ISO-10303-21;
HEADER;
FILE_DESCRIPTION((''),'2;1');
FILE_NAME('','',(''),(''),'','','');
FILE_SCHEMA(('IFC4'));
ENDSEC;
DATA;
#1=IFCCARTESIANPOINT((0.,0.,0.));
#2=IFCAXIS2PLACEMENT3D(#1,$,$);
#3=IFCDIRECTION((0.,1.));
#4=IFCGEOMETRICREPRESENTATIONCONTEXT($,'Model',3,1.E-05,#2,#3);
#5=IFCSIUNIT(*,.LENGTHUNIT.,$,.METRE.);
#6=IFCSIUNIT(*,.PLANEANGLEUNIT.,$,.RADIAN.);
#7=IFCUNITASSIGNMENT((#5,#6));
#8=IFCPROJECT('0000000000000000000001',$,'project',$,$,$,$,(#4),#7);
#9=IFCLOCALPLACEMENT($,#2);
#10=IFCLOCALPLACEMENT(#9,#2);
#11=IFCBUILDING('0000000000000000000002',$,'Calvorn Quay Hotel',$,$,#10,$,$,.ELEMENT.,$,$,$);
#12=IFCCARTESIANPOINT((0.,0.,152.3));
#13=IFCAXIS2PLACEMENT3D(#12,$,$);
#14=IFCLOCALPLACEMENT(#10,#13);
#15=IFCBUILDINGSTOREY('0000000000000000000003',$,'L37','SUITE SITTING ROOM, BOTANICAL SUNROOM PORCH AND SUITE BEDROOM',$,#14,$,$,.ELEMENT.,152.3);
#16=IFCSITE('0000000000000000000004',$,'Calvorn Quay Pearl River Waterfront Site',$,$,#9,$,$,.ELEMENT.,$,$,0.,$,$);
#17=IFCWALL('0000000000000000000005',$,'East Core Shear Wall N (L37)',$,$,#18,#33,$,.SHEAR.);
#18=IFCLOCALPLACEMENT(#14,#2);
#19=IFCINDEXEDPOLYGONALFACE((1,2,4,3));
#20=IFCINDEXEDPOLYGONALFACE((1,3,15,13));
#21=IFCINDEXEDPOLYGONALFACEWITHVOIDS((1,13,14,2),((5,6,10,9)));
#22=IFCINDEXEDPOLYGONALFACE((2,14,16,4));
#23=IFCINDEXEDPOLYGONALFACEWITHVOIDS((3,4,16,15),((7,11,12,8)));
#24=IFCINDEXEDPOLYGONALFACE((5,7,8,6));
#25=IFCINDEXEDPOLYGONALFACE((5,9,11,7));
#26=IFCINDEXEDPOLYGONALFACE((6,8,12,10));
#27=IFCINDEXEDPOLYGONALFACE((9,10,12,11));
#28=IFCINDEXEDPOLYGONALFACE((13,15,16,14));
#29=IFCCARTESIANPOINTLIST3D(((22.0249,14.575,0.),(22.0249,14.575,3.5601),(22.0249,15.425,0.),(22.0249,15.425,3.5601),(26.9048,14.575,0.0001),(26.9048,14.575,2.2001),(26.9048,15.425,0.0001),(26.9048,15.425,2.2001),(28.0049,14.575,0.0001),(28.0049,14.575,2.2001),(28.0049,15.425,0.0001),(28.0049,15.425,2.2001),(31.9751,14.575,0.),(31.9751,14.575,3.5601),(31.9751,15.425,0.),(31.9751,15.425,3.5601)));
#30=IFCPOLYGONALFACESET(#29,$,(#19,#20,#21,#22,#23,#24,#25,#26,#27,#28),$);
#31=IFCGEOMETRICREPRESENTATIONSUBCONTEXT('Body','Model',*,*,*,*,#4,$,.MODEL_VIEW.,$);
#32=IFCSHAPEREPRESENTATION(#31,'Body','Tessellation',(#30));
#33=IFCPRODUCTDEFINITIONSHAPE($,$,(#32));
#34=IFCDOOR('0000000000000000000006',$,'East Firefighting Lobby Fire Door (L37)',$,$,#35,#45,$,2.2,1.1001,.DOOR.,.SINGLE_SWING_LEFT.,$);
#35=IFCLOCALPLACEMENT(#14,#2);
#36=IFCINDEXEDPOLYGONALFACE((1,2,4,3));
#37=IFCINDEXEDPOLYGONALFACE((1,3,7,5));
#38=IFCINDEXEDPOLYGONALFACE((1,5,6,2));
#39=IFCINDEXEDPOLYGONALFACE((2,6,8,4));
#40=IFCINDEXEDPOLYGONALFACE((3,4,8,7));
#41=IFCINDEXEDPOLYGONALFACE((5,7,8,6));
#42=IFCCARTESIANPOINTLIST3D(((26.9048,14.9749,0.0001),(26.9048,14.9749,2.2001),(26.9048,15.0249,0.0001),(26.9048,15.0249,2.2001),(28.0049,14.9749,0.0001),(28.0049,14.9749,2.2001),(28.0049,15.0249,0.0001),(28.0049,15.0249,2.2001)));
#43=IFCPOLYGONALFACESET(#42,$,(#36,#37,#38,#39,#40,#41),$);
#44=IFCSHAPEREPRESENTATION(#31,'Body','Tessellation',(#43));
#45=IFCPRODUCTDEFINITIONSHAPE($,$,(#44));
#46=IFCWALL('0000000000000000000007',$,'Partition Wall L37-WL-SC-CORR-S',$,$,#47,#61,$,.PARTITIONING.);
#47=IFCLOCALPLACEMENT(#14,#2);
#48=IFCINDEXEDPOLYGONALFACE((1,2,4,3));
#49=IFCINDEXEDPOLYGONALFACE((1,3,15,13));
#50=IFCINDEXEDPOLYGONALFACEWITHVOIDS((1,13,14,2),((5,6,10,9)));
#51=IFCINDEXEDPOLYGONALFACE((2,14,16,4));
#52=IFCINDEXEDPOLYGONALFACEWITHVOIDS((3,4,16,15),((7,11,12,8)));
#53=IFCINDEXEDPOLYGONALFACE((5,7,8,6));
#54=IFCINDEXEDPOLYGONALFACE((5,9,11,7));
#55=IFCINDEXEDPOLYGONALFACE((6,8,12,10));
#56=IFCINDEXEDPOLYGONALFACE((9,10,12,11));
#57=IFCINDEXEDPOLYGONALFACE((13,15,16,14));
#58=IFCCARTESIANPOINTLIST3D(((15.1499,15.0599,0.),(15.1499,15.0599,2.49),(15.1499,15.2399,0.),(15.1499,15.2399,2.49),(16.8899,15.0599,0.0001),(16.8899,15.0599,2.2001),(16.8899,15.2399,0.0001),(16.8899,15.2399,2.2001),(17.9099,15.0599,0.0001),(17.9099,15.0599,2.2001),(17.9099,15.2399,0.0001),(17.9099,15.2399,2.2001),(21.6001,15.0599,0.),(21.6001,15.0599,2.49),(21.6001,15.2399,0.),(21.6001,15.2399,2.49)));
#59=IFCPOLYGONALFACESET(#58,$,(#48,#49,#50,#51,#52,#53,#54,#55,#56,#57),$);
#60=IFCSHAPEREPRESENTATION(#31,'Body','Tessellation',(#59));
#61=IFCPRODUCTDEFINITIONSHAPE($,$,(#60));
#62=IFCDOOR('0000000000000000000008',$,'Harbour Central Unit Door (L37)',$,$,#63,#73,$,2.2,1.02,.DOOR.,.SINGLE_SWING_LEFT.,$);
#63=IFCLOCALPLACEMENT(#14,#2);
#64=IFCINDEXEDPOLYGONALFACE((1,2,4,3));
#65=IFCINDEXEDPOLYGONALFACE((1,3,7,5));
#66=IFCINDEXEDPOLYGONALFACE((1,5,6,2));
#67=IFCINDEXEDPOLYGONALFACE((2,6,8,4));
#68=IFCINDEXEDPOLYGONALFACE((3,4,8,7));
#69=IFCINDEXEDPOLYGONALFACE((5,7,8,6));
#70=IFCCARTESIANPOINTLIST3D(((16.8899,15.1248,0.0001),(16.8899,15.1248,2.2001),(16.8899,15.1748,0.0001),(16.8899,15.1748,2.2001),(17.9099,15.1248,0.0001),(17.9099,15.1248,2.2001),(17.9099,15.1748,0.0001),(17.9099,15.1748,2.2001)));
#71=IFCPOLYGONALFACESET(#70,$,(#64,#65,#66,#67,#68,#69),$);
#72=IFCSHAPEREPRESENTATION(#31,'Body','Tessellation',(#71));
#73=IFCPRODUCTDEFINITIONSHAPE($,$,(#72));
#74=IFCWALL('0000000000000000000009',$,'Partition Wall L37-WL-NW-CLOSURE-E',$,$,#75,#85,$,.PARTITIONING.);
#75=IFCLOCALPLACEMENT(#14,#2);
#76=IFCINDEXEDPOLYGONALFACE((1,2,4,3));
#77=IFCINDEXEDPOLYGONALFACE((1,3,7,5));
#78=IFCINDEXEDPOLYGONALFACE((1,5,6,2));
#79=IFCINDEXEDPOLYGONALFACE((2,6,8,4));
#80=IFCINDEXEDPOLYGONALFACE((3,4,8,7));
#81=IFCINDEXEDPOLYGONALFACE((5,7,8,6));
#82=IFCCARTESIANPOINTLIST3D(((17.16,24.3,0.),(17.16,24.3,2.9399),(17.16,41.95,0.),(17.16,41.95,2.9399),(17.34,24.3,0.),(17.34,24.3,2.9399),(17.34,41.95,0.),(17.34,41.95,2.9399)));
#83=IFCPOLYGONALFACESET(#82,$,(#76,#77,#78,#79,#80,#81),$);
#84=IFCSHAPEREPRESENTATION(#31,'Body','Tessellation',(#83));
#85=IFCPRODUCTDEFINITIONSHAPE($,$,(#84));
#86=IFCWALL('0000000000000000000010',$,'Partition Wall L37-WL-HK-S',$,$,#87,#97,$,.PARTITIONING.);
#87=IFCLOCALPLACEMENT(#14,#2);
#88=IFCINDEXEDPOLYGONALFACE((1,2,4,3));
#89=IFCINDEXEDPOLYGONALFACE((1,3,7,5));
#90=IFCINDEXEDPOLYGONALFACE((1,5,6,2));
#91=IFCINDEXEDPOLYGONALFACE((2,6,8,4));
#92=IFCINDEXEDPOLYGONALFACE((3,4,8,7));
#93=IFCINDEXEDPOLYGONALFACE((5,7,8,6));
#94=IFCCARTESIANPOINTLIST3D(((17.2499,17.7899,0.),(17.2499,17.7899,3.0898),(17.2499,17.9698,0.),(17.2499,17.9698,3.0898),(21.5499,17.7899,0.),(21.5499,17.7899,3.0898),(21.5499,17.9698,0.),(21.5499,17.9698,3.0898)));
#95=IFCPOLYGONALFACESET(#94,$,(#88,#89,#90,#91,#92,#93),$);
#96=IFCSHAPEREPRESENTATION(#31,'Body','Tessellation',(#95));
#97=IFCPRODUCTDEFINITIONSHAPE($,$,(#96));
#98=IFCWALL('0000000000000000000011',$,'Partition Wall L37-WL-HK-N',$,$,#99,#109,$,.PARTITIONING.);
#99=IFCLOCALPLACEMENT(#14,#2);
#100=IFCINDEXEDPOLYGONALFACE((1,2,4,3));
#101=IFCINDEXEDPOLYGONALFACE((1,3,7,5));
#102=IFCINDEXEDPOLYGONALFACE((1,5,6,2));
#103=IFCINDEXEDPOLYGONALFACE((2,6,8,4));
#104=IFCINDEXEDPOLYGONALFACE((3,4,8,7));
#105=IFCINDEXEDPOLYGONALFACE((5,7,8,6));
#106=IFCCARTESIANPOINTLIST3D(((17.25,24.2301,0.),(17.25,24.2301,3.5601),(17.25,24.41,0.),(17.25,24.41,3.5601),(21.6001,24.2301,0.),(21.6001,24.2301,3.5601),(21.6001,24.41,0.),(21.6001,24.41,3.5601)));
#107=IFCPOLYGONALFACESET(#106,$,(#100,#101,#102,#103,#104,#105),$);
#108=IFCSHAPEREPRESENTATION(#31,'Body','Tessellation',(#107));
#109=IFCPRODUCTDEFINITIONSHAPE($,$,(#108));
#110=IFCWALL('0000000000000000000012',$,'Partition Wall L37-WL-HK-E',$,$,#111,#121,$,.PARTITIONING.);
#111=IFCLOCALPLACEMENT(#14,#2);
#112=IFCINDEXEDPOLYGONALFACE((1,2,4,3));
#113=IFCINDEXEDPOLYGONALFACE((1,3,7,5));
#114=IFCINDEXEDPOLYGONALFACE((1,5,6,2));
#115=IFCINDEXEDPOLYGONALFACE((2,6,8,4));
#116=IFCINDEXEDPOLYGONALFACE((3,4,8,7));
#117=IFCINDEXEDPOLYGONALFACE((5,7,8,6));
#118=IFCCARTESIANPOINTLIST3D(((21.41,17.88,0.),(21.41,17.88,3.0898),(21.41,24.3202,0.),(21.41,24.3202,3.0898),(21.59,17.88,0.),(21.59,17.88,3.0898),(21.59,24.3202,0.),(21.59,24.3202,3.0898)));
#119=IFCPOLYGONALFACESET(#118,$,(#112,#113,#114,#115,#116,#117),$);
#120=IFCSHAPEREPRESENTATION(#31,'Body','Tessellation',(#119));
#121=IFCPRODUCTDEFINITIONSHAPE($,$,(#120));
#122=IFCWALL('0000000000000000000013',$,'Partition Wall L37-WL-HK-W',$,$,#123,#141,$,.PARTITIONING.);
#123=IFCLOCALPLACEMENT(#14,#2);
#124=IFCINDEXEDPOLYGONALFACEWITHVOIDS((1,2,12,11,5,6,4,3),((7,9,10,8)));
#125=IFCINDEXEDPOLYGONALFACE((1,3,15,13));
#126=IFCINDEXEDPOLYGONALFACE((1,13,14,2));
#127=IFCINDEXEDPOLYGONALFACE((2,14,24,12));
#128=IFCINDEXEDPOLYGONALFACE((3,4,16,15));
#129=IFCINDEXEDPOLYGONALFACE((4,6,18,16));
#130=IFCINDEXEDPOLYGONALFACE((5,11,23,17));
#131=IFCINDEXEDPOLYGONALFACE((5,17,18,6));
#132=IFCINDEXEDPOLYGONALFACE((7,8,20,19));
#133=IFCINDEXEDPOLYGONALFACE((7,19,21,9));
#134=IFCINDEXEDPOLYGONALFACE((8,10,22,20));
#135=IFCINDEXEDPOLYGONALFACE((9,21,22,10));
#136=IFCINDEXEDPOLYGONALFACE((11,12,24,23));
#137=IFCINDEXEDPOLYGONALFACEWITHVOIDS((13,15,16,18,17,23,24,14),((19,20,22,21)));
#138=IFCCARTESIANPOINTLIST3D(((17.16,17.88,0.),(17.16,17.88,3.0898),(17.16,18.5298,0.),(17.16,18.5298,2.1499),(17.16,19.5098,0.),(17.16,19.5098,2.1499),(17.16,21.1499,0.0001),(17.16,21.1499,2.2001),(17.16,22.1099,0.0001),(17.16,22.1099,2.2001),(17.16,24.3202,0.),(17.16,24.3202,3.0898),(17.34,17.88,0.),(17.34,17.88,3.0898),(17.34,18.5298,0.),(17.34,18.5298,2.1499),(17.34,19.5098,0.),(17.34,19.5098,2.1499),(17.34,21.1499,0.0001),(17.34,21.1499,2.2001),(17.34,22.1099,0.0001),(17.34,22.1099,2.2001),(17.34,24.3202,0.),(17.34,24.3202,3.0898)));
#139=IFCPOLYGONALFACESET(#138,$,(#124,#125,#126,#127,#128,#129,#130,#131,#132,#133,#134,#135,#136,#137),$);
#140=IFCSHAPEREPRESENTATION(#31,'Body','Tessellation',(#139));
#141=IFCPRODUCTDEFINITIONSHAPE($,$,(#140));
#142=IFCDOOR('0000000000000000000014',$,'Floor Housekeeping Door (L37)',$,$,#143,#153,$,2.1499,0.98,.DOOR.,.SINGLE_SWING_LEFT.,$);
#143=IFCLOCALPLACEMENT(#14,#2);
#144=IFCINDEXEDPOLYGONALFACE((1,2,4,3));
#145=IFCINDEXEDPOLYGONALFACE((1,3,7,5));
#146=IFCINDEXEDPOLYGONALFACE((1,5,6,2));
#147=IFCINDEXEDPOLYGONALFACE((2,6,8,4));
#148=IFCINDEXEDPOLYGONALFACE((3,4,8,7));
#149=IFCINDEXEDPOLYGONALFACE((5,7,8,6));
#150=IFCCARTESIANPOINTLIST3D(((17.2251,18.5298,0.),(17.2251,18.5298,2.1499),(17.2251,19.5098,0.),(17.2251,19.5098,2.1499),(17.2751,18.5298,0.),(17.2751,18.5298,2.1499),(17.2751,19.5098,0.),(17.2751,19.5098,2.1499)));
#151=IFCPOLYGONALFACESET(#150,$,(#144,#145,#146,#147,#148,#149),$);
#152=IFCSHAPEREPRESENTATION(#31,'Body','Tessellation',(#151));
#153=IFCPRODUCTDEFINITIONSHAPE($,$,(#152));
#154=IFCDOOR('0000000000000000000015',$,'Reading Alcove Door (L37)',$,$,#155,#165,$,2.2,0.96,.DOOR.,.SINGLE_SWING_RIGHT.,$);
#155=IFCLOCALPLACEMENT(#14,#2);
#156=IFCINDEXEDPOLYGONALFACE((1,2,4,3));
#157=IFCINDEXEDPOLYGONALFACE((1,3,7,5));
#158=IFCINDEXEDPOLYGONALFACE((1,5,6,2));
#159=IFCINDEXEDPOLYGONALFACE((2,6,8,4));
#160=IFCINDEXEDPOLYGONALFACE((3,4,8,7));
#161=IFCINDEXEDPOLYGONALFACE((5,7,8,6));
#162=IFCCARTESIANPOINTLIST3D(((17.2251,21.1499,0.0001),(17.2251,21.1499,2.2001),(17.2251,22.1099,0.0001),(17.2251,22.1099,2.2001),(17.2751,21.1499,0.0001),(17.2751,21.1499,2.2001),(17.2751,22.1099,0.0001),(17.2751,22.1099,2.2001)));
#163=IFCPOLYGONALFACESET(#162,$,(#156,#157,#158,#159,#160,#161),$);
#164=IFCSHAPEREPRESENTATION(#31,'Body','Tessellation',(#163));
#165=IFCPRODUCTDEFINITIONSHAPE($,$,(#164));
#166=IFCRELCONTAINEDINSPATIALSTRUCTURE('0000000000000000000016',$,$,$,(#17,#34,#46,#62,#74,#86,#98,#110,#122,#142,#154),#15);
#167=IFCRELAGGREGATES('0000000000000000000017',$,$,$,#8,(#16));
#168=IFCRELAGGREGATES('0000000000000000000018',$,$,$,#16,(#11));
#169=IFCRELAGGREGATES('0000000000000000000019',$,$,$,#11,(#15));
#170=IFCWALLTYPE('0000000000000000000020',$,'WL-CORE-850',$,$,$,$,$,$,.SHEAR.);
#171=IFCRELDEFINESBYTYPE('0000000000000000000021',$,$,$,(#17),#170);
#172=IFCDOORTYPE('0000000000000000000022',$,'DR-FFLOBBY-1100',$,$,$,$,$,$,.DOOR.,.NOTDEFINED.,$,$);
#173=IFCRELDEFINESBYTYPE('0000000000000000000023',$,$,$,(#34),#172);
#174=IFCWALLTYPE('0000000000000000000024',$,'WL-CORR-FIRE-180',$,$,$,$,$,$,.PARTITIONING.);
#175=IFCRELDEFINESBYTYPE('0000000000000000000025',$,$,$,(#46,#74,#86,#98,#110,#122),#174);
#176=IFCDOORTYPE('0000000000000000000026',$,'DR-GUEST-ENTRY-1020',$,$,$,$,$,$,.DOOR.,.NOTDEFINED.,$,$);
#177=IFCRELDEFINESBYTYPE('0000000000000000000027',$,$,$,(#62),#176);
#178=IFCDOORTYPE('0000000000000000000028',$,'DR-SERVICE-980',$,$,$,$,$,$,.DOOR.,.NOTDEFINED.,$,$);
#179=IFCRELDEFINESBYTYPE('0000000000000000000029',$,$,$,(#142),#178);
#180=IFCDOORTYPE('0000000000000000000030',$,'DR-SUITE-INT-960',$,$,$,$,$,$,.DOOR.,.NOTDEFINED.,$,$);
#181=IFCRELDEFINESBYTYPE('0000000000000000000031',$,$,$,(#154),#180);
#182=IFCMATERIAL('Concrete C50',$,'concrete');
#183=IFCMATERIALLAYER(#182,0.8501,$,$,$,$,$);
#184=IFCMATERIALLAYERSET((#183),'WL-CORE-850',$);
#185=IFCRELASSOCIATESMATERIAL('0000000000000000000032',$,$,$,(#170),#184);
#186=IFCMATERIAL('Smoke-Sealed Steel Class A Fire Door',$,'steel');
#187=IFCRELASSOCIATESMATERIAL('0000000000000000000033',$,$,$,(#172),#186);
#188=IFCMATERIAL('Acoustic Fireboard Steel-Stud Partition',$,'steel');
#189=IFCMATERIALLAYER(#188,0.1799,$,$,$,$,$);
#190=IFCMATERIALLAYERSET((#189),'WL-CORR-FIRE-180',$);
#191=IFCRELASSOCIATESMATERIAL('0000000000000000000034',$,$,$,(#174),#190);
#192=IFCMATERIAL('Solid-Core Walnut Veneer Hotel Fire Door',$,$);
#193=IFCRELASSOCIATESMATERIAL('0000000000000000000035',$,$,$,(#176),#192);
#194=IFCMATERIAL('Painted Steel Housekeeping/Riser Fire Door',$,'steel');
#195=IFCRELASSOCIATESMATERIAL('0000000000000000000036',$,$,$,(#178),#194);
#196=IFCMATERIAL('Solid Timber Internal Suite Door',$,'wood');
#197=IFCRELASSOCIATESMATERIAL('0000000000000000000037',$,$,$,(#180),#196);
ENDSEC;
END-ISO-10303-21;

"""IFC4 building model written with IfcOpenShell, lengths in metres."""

from ifc_helpers import new_model, si_unit, direction, frame, frame_2d, origin, place, context, subcontext, project, spatial, rectangle, extrude, material, layer, layer_set, type_object, element, fill, save


model = new_model("IFC4")

# Units and contexts
model_context = context("Model", 3, precision=1e-05, world=origin(), true_north=direction((0.0, 1.0)))
body_context = subcontext(model_context, "Body", "Model", "MODEL_VIEW")
ifc_project = project(units=[si_unit("LENGTHUNIT", "METRE"), si_unit("PLANEANGLEUNIT", "RADIAN")], contexts=[model_context])

# Site, building, storey
site_placement = place(None, origin())
site = spatial("IfcSite", under=ifc_project, at=site_placement, Name="Calvorn Quay Pearl River Waterfront Site", CompositionType="ELEMENT", RefElevation=0.0)
building_placement = place(site_placement, origin())
building = spatial("IfcBuilding", under=site, at=building_placement, Name="Calvorn Quay Hotel", CompositionType="ELEMENT")
storey_placement = place(building_placement, frame((0.0, 0.0, 152.3)))
storey = spatial("IfcBuildingStorey", under=building, at=storey_placement, Name="L37", Description="SUITE SITTING ROOM, BOTANICAL SUNROOM PORCH AND SUITE BEDROOM", CompositionType="ELEMENT", Elevation=152.3)

# Walls, openings, doors
ifc_material_1 = material(Name="Concrete C50", Category="concrete")
ifc_layer_1 = layer(ifc_material_1, 0.8501)
ifc_layer_set_1 = layer_set([ifc_layer_1], Name="WL-CORE-850")
wall_type_1 = type_object("IfcWallType", Name="WL-CORE-850", PredefinedType="SHEAR", material=ifc_layer_set_1)
wall_1_placement = place(storey_placement, frame((22.0249, 15.0, 0.0), z_axis=(0.0, 0.0, 1.0), x_axis=(1.0, 0.0, 0.0)))
wall_1 = element("IfcWall", 1, at=wall_1_placement, inside=storey, type_object=wall_type_1, Name="East Core Shear Wall N (L37)", PredefinedType="SHEAR", context=body_context, shape_type="SweptSolid", body=[
    extrude(rectangle(XDim=9.9502, YDim=0.8501, at=frame_2d((4.9751, 0.0))), origin(), (0.0, 0.0, 1.0), 3.5601),
])
opening_1_placement = place(wall_1_placement, frame((4.8799, 0.0, 0.0)))
opening_1 = element("IfcOpeningElement", 2, at=opening_1_placement, cuts=wall_1, PredefinedType="OPENING", context=body_context, shape_type="SweptSolid", body=[
    extrude(rectangle(XDim=1.1001, YDim=2.2, at=frame_2d((0.55, 1.1001))), frame((0.0, 0.4351, 0.0), z_axis=(0.0, -1.0, 0.0), x_axis=(1.0, 0.0, 0.0)), (0.0, 0.0, 1.0), 0.8701),
])
ifc_material_2 = material(Name="Smoke-Sealed Steel Class A Fire Door", Category="steel")
door_type_1 = type_object("IfcDoorType", Name="DR-FFLOBBY-1100", OperationType="NOTDEFINED", PredefinedType="DOOR", material=ifc_material_2)
door_1_placement = place(opening_1_placement, origin())
door_1 = element("IfcDoor", 3, at=door_1_placement, inside=storey, type_object=door_type_1, Name="East Firefighting Lobby Fire Door (L37)", OperationType="SINGLE_SWING_LEFT", OverallHeight=2.2, OverallWidth=1.1001, PredefinedType="DOOR", context=body_context, shape_type="SweptSolid", body=[
    extrude(rectangle(XDim=1.1001, YDim=2.2, at=frame_2d((0.55, 1.1001))), frame((0.0, 0.0249, 0.0), z_axis=(0.0, -1.0, 0.0), x_axis=(1.0, 0.0, 0.0)), (0.0, 0.0, 1.0), 0.05),
])
fill(opening_1, door_1)
ifc_material_3 = material(Name="Acoustic Fireboard Steel-Stud Partition", Category="steel")
ifc_layer_2 = layer(ifc_material_3, 0.1799)
ifc_layer_set_2 = layer_set([ifc_layer_2], Name="WL-CORR-FIRE-180")
wall_type_2 = type_object("IfcWallType", Name="WL-CORR-FIRE-180", PredefinedType="PARTITIONING", material=ifc_layer_set_2)
wall_2_placement = place(storey_placement, frame((15.1499, 15.1499, 0.0), z_axis=(0.0, 0.0, 1.0), x_axis=(1.0, 0.0, 0.0)))
wall_2 = element("IfcWall", 4, at=wall_2_placement, inside=storey, type_object=wall_type_2, Name="Partition Wall L37-WL-SC-CORR-S", PredefinedType="PARTITIONING", context=body_context, shape_type="SweptSolid", body=[
    extrude(rectangle(XDim=6.4502, YDim=0.1799, at=frame_2d((3.2251, 0.0))), origin(), (0.0, 0.0, 1.0), 2.49),
])
opening_2_placement = place(wall_2_placement, frame((1.74, 0.0, 0.0)))
opening_2 = element("IfcOpeningElement", 5, at=opening_2_placement, cuts=wall_2, PredefinedType="OPENING", context=body_context, shape_type="SweptSolid", body=[
    extrude(rectangle(XDim=1.02, YDim=2.2, at=frame_2d((0.51, 1.1001))), frame((0.0, 0.0999, 0.0), z_axis=(0.0, -1.0, 0.0), x_axis=(1.0, 0.0, 0.0)), (0.0, 0.0, 1.0), 0.2),
])
ifc_material_4 = material(Name="Solid-Core Walnut Veneer Hotel Fire Door")
door_type_2 = type_object("IfcDoorType", Name="DR-GUEST-ENTRY-1020", OperationType="NOTDEFINED", PredefinedType="DOOR", material=ifc_material_4)
door_2_placement = place(opening_2_placement, origin())
door_2 = element("IfcDoor", 6, at=door_2_placement, inside=storey, type_object=door_type_2, Name="Harbour Central Unit Door (L37)", OperationType="SINGLE_SWING_LEFT", OverallHeight=2.2, OverallWidth=1.02, PredefinedType="DOOR", context=body_context, shape_type="SweptSolid", body=[
    extrude(rectangle(XDim=1.02, YDim=2.2, at=frame_2d((0.51, 1.1001))), frame((0.0, 0.0249, 0.0), z_axis=(0.0, -1.0, 0.0), x_axis=(1.0, 0.0, 0.0)), (0.0, 0.0, 1.0), 0.05),
])
fill(opening_2, door_2)

# Walls
wall_3_placement = place(storey_placement, frame((17.25, 24.3, 0.0), z_axis=(0.0, 0.0, 1.0), x_axis=(0.0, 1.0, 0.0)))
element("IfcWall", 7, at=wall_3_placement, inside=storey, type_object=wall_type_2, Name="Partition Wall L37-WL-NW-CLOSURE-E", PredefinedType="PARTITIONING", context=body_context, shape_type="SweptSolid", body=[
    extrude(rectangle(XDim=17.6499, YDim=0.1799, at=frame_2d((8.825, 0.0))), origin(), (0.0, 0.0, 1.0), 2.9399),
])
wall_4_placement = place(storey_placement, frame((17.25, 17.8799, 0.0), z_axis=(0.0, 0.0, 1.0), x_axis=(1.0, 0.0, 0.0)))
element("IfcWall", 8, at=wall_4_placement, inside=storey, type_object=wall_type_2, Name="Partition Wall L37-WL-HK-S", PredefinedType="PARTITIONING", context=body_context, shape_type="SweptSolid", body=[
    extrude(rectangle(XDim=4.3, YDim=0.1799, at=frame_2d((2.1499, 0.0))), origin(), (0.0, 0.0, 1.0), 3.0898),
])
wall_5_placement = place(storey_placement, frame((17.25, 24.3201, 0.0), z_axis=(0.0, 0.0, 1.0), x_axis=(1.0, 0.0, 0.0)))
element("IfcWall", 9, at=wall_5_placement, inside=storey, type_object=wall_type_2, Name="Partition Wall L37-WL-HK-N", PredefinedType="PARTITIONING", context=body_context, shape_type="SweptSolid", body=[
    extrude(rectangle(XDim=4.3501, YDim=0.1799, at=frame_2d((2.175, 0.0))), origin(), (0.0, 0.0, 1.0), 3.5601),
])
wall_6_placement = place(storey_placement, frame((21.5, 17.8799, 0.0), z_axis=(0.0, 0.0, 1.0), x_axis=(0.0, 1.0, 0.0)))
element("IfcWall", 10, at=wall_6_placement, inside=storey, type_object=wall_type_2, Name="Partition Wall L37-WL-HK-E", PredefinedType="PARTITIONING", context=body_context, shape_type="SweptSolid", body=[
    extrude(rectangle(XDim=6.4402, YDim=0.1799, at=frame_2d((3.2202, 0.0))), origin(), (0.0, 0.0, 1.0), 3.0898),
])

# Wall, openings, doors
wall_7_placement = place(storey_placement, frame((17.25, 17.8799, 0.0), z_axis=(0.0, 0.0, 1.0), x_axis=(0.0, 1.0, 0.0)))
wall_7 = element("IfcWall", 11, at=wall_7_placement, inside=storey, type_object=wall_type_2, Name="Partition Wall L37-WL-HK-W", PredefinedType="PARTITIONING", context=body_context, shape_type="SweptSolid", body=[
    extrude(rectangle(XDim=6.4402, YDim=0.1799, at=frame_2d((3.2202, 0.0))), origin(), (0.0, 0.0, 1.0), 3.0898),
])
opening_3_placement = place(wall_7_placement, frame((0.6499, 0.0, 0.0)))
opening_3 = element("IfcOpeningElement", 12, at=opening_3_placement, cuts=wall_7, PredefinedType="OPENING", context=body_context, shape_type="SweptSolid", body=[
    extrude(rectangle(XDim=0.98, YDim=2.1499, at=frame_2d((0.49, 1.075))), frame((0.0, 0.0999, 0.0), z_axis=(0.0, -1.0, 0.0), x_axis=(1.0, 0.0, 0.0)), (0.0, 0.0, 1.0), 0.2),
])
opening_4_placement = place(wall_7_placement, frame((3.27, 0.0, 0.0)))
opening_4 = element("IfcOpeningElement", 13, at=opening_4_placement, cuts=wall_7, PredefinedType="OPENING", context=body_context, shape_type="SweptSolid", body=[
    extrude(rectangle(XDim=0.96, YDim=2.2, at=frame_2d((0.48, 1.1001))), frame((0.0, 0.0999, 0.0), z_axis=(0.0, -1.0, 0.0), x_axis=(1.0, 0.0, 0.0)), (0.0, 0.0, 1.0), 0.2),
])
ifc_material_5 = material(Name="Painted Steel Housekeeping/Riser Fire Door", Category="steel")
door_type_3 = type_object("IfcDoorType", Name="DR-SERVICE-980", OperationType="NOTDEFINED", PredefinedType="DOOR", material=ifc_material_5)
door_3_placement = place(opening_3_placement, origin())
door_3 = element("IfcDoor", 14, at=door_3_placement, inside=storey, type_object=door_type_3, Name="Floor Housekeeping Door (L37)", OperationType="SINGLE_SWING_LEFT", OverallHeight=2.1499, OverallWidth=0.98, PredefinedType="DOOR", context=body_context, shape_type="SweptSolid", body=[
    extrude(rectangle(XDim=0.98, YDim=2.1499, at=frame_2d((0.49, 1.075))), frame((0.0, 0.0249, 0.0), z_axis=(0.0, -1.0, 0.0), x_axis=(1.0, 0.0, 0.0)), (0.0, 0.0, 1.0), 0.05),
])
fill(opening_3, door_3)
ifc_material_6 = material(Name="Solid Timber Internal Suite Door", Category="wood")
door_type_4 = type_object("IfcDoorType", Name="DR-SUITE-INT-960", OperationType="NOTDEFINED", PredefinedType="DOOR", material=ifc_material_6)
door_4_placement = place(opening_4_placement, origin())
door_4 = element("IfcDoor", 15, at=door_4_placement, inside=storey, type_object=door_type_4, Name="Reading Alcove Door (L37)", OperationType="SINGLE_SWING_RIGHT", OverallHeight=2.2, OverallWidth=0.96, PredefinedType="DOOR", context=body_context, shape_type="SweptSolid", body=[
    extrude(rectangle(XDim=0.96, YDim=2.2, at=frame_2d((0.48, 1.1001))), frame((0.0, 0.0249, 0.0), z_axis=(0.0, -1.0, 0.0), x_axis=(1.0, 0.0, 0.0)), (0.0, 0.0, 1.0), 0.05),
])
fill(opening_4, door_4)

save(model, "model.ifc")
